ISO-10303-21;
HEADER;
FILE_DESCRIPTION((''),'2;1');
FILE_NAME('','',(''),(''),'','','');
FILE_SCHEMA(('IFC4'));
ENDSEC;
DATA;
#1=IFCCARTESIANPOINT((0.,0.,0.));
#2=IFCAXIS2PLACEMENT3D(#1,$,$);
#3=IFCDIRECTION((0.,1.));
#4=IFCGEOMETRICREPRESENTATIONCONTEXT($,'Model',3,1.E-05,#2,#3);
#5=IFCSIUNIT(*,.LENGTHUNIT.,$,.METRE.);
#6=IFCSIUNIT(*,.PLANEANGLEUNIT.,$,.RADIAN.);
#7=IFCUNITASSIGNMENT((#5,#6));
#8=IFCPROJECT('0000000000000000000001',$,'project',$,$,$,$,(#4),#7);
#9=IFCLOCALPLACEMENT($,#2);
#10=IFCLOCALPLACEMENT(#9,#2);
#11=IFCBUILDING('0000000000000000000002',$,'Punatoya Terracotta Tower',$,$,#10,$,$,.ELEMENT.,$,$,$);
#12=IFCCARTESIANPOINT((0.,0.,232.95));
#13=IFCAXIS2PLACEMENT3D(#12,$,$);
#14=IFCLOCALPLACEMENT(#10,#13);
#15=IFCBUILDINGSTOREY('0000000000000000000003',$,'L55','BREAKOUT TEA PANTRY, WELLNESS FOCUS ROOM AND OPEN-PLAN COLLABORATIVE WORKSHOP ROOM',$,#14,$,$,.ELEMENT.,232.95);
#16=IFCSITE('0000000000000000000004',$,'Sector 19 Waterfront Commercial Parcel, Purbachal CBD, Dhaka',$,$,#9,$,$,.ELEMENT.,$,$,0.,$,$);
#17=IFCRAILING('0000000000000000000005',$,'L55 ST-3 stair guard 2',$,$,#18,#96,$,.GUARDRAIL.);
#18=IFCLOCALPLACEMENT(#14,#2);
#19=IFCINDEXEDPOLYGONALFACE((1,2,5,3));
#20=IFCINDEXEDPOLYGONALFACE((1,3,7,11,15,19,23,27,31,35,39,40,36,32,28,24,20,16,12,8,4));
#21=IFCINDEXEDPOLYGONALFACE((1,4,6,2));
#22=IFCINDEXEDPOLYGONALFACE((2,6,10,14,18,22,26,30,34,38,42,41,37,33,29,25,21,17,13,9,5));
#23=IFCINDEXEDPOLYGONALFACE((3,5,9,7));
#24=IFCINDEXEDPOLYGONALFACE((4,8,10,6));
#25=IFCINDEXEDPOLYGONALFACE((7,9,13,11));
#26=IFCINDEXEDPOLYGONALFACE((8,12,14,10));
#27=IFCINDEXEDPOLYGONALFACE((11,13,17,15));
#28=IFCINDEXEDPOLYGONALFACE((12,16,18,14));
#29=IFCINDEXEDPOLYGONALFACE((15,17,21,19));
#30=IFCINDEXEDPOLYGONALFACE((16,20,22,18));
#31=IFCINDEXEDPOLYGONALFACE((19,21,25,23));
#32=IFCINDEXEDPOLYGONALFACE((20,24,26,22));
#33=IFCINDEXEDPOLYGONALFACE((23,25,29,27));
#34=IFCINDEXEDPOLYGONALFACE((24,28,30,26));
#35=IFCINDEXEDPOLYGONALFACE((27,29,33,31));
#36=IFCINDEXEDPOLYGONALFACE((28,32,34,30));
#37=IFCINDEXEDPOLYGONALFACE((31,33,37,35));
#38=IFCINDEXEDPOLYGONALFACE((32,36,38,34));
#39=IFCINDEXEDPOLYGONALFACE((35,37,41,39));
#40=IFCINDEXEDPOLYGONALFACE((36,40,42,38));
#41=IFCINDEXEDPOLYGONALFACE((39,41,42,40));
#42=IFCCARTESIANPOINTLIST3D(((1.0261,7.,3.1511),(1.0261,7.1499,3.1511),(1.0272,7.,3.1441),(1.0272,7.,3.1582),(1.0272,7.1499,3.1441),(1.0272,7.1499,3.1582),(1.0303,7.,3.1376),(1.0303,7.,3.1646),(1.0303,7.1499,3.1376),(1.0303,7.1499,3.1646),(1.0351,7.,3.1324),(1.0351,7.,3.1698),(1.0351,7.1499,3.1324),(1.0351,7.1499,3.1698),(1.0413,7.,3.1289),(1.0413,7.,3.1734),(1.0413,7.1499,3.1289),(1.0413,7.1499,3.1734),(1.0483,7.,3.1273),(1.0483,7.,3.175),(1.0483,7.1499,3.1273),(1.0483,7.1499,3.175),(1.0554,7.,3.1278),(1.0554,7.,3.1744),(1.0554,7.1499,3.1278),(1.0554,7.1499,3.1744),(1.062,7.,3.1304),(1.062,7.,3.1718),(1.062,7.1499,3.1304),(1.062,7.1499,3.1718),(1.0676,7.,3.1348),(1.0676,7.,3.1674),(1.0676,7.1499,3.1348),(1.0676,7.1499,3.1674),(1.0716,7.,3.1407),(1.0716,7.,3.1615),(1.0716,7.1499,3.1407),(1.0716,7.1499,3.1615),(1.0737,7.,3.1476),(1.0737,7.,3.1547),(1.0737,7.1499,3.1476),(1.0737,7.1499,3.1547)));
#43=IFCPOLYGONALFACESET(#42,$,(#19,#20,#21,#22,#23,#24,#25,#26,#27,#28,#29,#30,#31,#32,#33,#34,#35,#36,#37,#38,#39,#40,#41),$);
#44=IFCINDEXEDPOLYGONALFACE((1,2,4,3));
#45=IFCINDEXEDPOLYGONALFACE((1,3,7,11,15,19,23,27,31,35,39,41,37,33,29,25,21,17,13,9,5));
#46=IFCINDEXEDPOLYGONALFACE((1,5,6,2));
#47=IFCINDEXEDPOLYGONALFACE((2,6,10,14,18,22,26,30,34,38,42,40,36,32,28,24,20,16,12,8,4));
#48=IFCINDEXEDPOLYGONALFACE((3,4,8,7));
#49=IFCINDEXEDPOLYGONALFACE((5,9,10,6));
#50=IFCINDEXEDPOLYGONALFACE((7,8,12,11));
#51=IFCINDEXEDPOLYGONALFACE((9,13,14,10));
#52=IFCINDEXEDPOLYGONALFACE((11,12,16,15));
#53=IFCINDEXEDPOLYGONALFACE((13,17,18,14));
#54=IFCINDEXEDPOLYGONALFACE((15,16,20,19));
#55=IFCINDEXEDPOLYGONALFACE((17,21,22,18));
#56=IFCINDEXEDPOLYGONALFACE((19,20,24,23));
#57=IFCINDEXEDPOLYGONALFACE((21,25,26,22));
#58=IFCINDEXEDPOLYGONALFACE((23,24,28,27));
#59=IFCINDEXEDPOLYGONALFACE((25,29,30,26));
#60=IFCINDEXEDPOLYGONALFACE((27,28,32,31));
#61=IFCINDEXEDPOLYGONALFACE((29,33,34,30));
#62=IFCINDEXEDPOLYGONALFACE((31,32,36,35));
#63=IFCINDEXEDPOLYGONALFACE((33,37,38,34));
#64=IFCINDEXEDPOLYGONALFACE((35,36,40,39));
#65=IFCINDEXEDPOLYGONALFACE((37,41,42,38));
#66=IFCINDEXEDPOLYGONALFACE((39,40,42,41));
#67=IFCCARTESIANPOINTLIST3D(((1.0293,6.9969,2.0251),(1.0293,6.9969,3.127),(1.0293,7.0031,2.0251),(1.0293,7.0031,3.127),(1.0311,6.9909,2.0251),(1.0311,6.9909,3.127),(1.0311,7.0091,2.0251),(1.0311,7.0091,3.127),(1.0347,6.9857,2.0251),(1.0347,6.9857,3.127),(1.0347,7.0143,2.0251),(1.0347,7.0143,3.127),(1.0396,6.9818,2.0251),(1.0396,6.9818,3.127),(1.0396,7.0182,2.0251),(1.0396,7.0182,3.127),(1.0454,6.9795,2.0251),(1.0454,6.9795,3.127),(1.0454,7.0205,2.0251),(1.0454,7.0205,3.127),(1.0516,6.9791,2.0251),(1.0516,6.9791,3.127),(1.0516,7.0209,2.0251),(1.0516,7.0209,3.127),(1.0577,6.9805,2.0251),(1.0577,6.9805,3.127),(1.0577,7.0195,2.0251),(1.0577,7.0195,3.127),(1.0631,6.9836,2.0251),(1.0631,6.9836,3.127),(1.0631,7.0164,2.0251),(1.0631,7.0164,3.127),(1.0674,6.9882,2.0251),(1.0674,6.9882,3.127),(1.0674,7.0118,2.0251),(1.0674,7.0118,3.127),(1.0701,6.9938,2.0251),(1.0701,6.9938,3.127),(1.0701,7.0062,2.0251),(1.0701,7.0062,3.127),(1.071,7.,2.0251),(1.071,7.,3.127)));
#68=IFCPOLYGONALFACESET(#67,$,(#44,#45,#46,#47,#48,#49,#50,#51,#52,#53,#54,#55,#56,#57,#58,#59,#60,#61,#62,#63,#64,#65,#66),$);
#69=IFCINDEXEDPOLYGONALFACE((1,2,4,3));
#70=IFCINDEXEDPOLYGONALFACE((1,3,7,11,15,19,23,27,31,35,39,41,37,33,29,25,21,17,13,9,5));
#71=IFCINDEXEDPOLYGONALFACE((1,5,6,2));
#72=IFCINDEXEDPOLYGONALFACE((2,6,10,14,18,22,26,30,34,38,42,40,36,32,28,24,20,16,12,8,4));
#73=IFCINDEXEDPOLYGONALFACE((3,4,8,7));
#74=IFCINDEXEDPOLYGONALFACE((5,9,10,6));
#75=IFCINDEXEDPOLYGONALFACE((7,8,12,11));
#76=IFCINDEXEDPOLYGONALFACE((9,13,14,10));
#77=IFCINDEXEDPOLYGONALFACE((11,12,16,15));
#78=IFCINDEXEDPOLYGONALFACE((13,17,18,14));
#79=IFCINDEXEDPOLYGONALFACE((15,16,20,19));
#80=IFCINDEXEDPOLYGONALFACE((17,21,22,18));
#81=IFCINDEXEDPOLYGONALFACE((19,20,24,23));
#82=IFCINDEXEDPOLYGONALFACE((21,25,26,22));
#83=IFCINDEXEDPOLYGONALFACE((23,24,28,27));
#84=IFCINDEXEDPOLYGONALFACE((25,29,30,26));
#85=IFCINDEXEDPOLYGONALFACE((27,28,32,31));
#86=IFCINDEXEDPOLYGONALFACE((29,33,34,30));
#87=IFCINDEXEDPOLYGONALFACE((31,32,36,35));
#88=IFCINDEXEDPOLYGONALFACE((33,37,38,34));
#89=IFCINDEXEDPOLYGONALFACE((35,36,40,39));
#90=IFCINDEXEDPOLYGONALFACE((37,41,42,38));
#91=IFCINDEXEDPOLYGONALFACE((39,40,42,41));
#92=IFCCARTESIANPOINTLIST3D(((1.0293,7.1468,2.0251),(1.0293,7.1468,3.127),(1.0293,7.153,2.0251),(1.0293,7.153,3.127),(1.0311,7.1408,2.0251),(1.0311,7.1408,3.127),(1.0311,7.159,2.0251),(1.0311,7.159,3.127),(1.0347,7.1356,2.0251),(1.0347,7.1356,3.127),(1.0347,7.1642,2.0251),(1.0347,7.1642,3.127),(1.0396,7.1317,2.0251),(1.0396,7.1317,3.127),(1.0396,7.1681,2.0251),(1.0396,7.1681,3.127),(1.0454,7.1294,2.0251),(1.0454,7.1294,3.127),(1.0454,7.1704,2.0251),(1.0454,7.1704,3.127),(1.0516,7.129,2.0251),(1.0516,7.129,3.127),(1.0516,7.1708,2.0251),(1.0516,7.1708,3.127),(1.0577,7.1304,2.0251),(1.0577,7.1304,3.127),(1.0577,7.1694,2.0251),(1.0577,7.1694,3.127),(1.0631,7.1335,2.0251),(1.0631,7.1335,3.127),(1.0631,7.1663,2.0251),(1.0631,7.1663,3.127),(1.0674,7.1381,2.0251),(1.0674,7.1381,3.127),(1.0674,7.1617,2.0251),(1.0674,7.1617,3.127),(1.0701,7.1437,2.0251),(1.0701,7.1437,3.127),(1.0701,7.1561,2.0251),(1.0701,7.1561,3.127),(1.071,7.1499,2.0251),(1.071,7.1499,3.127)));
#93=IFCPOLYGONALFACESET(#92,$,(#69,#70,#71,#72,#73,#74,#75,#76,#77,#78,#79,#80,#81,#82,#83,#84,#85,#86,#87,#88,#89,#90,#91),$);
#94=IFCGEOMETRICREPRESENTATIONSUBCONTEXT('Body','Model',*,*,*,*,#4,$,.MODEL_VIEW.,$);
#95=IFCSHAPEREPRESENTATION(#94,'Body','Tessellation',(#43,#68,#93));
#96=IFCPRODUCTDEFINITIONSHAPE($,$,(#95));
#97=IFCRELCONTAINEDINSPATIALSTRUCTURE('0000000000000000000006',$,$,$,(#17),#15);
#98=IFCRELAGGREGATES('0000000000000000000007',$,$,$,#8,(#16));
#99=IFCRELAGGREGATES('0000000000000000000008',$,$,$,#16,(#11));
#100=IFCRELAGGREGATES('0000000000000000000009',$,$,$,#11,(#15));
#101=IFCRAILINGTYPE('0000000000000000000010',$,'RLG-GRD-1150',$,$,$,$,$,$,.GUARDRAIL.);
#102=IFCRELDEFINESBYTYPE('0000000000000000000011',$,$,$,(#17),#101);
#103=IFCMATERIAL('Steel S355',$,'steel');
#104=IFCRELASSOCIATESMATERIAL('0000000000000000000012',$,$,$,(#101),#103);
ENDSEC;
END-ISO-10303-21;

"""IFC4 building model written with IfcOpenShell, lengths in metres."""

from ifc_helpers import new_model, si_unit, direction, frame, origin, origin_2d, place, context, subcontext, project, spatial, circle, extrude, material, type_object, element, save


model = new_model("IFC4")

# Units and contexts
model_context = context("Model", 3, precision=1e-05, world=origin(), true_north=direction((0.0, 1.0)))
body_context = subcontext(model_context, "Body", "Model", "MODEL_VIEW")
ifc_project = project(units=[si_unit("LENGTHUNIT", "METRE"), si_unit("PLANEANGLEUNIT", "RADIAN")], contexts=[model_context])

# Site, building, storey
site_placement = place(None, origin())
site = spatial("IfcSite", under=ifc_project, at=site_placement, Name="Sector 19 Waterfront Commercial Parcel, Purbachal CBD, Dhaka", CompositionType="ELEMENT", RefElevation=0.0)
building_placement = place(site_placement, origin())
building = spatial("IfcBuilding", under=site, at=building_placement, Name="Punatoya Terracotta Tower", CompositionType="ELEMENT")
storey_placement = place(building_placement, frame((0.0, 0.0, 232.95)))
storey = spatial("IfcBuildingStorey", under=building, at=storey_placement, Name="L55", Description="BREAKOUT TEA PANTRY, WELLNESS FOCUS ROOM AND OPEN-PLAN COLLABORATIVE WORKSHOP ROOM", CompositionType="ELEMENT", Elevation=232.95)

# Shared definitions
ifc_material_1 = material(Name="Steel S355", Category="steel")

# Railing
railing_type_1 = type_object("IfcRailingType", Name="RLG-GRD-1150", PredefinedType="GUARDRAIL", material=ifc_material_1)
railing_1_placement = place(storey_placement, frame((1.05, 7.0, 2.0251)))
element("IfcRailing", 1, at=railing_1_placement, inside=storey, type_object=railing_type_1, Name="L55 ST-3 stair guard 2", PredefinedType="GUARDRAIL", context=body_context, shape_type="SweptSolid", body=[
    extrude(circle(Radius=0.0239, at=origin_2d()), frame((0.0, 0.0, 1.126), z_axis=(0.0, 1.0, 0.0), x_axis=(-1.0, 0.0, 0.0)), (0.0, 0.0, 1.0), 0.1499),
    extrude(circle(Radius=0.021, at=origin_2d()), origin(), (0.0, 0.0, 1.0), 1.1018),
    extrude(circle(Radius=0.021, at=origin_2d()), frame((0.0, 0.1499, 0.0)), (0.0, 0.0, 1.0), 1.1018),
])

save(model, "model.ifc")
